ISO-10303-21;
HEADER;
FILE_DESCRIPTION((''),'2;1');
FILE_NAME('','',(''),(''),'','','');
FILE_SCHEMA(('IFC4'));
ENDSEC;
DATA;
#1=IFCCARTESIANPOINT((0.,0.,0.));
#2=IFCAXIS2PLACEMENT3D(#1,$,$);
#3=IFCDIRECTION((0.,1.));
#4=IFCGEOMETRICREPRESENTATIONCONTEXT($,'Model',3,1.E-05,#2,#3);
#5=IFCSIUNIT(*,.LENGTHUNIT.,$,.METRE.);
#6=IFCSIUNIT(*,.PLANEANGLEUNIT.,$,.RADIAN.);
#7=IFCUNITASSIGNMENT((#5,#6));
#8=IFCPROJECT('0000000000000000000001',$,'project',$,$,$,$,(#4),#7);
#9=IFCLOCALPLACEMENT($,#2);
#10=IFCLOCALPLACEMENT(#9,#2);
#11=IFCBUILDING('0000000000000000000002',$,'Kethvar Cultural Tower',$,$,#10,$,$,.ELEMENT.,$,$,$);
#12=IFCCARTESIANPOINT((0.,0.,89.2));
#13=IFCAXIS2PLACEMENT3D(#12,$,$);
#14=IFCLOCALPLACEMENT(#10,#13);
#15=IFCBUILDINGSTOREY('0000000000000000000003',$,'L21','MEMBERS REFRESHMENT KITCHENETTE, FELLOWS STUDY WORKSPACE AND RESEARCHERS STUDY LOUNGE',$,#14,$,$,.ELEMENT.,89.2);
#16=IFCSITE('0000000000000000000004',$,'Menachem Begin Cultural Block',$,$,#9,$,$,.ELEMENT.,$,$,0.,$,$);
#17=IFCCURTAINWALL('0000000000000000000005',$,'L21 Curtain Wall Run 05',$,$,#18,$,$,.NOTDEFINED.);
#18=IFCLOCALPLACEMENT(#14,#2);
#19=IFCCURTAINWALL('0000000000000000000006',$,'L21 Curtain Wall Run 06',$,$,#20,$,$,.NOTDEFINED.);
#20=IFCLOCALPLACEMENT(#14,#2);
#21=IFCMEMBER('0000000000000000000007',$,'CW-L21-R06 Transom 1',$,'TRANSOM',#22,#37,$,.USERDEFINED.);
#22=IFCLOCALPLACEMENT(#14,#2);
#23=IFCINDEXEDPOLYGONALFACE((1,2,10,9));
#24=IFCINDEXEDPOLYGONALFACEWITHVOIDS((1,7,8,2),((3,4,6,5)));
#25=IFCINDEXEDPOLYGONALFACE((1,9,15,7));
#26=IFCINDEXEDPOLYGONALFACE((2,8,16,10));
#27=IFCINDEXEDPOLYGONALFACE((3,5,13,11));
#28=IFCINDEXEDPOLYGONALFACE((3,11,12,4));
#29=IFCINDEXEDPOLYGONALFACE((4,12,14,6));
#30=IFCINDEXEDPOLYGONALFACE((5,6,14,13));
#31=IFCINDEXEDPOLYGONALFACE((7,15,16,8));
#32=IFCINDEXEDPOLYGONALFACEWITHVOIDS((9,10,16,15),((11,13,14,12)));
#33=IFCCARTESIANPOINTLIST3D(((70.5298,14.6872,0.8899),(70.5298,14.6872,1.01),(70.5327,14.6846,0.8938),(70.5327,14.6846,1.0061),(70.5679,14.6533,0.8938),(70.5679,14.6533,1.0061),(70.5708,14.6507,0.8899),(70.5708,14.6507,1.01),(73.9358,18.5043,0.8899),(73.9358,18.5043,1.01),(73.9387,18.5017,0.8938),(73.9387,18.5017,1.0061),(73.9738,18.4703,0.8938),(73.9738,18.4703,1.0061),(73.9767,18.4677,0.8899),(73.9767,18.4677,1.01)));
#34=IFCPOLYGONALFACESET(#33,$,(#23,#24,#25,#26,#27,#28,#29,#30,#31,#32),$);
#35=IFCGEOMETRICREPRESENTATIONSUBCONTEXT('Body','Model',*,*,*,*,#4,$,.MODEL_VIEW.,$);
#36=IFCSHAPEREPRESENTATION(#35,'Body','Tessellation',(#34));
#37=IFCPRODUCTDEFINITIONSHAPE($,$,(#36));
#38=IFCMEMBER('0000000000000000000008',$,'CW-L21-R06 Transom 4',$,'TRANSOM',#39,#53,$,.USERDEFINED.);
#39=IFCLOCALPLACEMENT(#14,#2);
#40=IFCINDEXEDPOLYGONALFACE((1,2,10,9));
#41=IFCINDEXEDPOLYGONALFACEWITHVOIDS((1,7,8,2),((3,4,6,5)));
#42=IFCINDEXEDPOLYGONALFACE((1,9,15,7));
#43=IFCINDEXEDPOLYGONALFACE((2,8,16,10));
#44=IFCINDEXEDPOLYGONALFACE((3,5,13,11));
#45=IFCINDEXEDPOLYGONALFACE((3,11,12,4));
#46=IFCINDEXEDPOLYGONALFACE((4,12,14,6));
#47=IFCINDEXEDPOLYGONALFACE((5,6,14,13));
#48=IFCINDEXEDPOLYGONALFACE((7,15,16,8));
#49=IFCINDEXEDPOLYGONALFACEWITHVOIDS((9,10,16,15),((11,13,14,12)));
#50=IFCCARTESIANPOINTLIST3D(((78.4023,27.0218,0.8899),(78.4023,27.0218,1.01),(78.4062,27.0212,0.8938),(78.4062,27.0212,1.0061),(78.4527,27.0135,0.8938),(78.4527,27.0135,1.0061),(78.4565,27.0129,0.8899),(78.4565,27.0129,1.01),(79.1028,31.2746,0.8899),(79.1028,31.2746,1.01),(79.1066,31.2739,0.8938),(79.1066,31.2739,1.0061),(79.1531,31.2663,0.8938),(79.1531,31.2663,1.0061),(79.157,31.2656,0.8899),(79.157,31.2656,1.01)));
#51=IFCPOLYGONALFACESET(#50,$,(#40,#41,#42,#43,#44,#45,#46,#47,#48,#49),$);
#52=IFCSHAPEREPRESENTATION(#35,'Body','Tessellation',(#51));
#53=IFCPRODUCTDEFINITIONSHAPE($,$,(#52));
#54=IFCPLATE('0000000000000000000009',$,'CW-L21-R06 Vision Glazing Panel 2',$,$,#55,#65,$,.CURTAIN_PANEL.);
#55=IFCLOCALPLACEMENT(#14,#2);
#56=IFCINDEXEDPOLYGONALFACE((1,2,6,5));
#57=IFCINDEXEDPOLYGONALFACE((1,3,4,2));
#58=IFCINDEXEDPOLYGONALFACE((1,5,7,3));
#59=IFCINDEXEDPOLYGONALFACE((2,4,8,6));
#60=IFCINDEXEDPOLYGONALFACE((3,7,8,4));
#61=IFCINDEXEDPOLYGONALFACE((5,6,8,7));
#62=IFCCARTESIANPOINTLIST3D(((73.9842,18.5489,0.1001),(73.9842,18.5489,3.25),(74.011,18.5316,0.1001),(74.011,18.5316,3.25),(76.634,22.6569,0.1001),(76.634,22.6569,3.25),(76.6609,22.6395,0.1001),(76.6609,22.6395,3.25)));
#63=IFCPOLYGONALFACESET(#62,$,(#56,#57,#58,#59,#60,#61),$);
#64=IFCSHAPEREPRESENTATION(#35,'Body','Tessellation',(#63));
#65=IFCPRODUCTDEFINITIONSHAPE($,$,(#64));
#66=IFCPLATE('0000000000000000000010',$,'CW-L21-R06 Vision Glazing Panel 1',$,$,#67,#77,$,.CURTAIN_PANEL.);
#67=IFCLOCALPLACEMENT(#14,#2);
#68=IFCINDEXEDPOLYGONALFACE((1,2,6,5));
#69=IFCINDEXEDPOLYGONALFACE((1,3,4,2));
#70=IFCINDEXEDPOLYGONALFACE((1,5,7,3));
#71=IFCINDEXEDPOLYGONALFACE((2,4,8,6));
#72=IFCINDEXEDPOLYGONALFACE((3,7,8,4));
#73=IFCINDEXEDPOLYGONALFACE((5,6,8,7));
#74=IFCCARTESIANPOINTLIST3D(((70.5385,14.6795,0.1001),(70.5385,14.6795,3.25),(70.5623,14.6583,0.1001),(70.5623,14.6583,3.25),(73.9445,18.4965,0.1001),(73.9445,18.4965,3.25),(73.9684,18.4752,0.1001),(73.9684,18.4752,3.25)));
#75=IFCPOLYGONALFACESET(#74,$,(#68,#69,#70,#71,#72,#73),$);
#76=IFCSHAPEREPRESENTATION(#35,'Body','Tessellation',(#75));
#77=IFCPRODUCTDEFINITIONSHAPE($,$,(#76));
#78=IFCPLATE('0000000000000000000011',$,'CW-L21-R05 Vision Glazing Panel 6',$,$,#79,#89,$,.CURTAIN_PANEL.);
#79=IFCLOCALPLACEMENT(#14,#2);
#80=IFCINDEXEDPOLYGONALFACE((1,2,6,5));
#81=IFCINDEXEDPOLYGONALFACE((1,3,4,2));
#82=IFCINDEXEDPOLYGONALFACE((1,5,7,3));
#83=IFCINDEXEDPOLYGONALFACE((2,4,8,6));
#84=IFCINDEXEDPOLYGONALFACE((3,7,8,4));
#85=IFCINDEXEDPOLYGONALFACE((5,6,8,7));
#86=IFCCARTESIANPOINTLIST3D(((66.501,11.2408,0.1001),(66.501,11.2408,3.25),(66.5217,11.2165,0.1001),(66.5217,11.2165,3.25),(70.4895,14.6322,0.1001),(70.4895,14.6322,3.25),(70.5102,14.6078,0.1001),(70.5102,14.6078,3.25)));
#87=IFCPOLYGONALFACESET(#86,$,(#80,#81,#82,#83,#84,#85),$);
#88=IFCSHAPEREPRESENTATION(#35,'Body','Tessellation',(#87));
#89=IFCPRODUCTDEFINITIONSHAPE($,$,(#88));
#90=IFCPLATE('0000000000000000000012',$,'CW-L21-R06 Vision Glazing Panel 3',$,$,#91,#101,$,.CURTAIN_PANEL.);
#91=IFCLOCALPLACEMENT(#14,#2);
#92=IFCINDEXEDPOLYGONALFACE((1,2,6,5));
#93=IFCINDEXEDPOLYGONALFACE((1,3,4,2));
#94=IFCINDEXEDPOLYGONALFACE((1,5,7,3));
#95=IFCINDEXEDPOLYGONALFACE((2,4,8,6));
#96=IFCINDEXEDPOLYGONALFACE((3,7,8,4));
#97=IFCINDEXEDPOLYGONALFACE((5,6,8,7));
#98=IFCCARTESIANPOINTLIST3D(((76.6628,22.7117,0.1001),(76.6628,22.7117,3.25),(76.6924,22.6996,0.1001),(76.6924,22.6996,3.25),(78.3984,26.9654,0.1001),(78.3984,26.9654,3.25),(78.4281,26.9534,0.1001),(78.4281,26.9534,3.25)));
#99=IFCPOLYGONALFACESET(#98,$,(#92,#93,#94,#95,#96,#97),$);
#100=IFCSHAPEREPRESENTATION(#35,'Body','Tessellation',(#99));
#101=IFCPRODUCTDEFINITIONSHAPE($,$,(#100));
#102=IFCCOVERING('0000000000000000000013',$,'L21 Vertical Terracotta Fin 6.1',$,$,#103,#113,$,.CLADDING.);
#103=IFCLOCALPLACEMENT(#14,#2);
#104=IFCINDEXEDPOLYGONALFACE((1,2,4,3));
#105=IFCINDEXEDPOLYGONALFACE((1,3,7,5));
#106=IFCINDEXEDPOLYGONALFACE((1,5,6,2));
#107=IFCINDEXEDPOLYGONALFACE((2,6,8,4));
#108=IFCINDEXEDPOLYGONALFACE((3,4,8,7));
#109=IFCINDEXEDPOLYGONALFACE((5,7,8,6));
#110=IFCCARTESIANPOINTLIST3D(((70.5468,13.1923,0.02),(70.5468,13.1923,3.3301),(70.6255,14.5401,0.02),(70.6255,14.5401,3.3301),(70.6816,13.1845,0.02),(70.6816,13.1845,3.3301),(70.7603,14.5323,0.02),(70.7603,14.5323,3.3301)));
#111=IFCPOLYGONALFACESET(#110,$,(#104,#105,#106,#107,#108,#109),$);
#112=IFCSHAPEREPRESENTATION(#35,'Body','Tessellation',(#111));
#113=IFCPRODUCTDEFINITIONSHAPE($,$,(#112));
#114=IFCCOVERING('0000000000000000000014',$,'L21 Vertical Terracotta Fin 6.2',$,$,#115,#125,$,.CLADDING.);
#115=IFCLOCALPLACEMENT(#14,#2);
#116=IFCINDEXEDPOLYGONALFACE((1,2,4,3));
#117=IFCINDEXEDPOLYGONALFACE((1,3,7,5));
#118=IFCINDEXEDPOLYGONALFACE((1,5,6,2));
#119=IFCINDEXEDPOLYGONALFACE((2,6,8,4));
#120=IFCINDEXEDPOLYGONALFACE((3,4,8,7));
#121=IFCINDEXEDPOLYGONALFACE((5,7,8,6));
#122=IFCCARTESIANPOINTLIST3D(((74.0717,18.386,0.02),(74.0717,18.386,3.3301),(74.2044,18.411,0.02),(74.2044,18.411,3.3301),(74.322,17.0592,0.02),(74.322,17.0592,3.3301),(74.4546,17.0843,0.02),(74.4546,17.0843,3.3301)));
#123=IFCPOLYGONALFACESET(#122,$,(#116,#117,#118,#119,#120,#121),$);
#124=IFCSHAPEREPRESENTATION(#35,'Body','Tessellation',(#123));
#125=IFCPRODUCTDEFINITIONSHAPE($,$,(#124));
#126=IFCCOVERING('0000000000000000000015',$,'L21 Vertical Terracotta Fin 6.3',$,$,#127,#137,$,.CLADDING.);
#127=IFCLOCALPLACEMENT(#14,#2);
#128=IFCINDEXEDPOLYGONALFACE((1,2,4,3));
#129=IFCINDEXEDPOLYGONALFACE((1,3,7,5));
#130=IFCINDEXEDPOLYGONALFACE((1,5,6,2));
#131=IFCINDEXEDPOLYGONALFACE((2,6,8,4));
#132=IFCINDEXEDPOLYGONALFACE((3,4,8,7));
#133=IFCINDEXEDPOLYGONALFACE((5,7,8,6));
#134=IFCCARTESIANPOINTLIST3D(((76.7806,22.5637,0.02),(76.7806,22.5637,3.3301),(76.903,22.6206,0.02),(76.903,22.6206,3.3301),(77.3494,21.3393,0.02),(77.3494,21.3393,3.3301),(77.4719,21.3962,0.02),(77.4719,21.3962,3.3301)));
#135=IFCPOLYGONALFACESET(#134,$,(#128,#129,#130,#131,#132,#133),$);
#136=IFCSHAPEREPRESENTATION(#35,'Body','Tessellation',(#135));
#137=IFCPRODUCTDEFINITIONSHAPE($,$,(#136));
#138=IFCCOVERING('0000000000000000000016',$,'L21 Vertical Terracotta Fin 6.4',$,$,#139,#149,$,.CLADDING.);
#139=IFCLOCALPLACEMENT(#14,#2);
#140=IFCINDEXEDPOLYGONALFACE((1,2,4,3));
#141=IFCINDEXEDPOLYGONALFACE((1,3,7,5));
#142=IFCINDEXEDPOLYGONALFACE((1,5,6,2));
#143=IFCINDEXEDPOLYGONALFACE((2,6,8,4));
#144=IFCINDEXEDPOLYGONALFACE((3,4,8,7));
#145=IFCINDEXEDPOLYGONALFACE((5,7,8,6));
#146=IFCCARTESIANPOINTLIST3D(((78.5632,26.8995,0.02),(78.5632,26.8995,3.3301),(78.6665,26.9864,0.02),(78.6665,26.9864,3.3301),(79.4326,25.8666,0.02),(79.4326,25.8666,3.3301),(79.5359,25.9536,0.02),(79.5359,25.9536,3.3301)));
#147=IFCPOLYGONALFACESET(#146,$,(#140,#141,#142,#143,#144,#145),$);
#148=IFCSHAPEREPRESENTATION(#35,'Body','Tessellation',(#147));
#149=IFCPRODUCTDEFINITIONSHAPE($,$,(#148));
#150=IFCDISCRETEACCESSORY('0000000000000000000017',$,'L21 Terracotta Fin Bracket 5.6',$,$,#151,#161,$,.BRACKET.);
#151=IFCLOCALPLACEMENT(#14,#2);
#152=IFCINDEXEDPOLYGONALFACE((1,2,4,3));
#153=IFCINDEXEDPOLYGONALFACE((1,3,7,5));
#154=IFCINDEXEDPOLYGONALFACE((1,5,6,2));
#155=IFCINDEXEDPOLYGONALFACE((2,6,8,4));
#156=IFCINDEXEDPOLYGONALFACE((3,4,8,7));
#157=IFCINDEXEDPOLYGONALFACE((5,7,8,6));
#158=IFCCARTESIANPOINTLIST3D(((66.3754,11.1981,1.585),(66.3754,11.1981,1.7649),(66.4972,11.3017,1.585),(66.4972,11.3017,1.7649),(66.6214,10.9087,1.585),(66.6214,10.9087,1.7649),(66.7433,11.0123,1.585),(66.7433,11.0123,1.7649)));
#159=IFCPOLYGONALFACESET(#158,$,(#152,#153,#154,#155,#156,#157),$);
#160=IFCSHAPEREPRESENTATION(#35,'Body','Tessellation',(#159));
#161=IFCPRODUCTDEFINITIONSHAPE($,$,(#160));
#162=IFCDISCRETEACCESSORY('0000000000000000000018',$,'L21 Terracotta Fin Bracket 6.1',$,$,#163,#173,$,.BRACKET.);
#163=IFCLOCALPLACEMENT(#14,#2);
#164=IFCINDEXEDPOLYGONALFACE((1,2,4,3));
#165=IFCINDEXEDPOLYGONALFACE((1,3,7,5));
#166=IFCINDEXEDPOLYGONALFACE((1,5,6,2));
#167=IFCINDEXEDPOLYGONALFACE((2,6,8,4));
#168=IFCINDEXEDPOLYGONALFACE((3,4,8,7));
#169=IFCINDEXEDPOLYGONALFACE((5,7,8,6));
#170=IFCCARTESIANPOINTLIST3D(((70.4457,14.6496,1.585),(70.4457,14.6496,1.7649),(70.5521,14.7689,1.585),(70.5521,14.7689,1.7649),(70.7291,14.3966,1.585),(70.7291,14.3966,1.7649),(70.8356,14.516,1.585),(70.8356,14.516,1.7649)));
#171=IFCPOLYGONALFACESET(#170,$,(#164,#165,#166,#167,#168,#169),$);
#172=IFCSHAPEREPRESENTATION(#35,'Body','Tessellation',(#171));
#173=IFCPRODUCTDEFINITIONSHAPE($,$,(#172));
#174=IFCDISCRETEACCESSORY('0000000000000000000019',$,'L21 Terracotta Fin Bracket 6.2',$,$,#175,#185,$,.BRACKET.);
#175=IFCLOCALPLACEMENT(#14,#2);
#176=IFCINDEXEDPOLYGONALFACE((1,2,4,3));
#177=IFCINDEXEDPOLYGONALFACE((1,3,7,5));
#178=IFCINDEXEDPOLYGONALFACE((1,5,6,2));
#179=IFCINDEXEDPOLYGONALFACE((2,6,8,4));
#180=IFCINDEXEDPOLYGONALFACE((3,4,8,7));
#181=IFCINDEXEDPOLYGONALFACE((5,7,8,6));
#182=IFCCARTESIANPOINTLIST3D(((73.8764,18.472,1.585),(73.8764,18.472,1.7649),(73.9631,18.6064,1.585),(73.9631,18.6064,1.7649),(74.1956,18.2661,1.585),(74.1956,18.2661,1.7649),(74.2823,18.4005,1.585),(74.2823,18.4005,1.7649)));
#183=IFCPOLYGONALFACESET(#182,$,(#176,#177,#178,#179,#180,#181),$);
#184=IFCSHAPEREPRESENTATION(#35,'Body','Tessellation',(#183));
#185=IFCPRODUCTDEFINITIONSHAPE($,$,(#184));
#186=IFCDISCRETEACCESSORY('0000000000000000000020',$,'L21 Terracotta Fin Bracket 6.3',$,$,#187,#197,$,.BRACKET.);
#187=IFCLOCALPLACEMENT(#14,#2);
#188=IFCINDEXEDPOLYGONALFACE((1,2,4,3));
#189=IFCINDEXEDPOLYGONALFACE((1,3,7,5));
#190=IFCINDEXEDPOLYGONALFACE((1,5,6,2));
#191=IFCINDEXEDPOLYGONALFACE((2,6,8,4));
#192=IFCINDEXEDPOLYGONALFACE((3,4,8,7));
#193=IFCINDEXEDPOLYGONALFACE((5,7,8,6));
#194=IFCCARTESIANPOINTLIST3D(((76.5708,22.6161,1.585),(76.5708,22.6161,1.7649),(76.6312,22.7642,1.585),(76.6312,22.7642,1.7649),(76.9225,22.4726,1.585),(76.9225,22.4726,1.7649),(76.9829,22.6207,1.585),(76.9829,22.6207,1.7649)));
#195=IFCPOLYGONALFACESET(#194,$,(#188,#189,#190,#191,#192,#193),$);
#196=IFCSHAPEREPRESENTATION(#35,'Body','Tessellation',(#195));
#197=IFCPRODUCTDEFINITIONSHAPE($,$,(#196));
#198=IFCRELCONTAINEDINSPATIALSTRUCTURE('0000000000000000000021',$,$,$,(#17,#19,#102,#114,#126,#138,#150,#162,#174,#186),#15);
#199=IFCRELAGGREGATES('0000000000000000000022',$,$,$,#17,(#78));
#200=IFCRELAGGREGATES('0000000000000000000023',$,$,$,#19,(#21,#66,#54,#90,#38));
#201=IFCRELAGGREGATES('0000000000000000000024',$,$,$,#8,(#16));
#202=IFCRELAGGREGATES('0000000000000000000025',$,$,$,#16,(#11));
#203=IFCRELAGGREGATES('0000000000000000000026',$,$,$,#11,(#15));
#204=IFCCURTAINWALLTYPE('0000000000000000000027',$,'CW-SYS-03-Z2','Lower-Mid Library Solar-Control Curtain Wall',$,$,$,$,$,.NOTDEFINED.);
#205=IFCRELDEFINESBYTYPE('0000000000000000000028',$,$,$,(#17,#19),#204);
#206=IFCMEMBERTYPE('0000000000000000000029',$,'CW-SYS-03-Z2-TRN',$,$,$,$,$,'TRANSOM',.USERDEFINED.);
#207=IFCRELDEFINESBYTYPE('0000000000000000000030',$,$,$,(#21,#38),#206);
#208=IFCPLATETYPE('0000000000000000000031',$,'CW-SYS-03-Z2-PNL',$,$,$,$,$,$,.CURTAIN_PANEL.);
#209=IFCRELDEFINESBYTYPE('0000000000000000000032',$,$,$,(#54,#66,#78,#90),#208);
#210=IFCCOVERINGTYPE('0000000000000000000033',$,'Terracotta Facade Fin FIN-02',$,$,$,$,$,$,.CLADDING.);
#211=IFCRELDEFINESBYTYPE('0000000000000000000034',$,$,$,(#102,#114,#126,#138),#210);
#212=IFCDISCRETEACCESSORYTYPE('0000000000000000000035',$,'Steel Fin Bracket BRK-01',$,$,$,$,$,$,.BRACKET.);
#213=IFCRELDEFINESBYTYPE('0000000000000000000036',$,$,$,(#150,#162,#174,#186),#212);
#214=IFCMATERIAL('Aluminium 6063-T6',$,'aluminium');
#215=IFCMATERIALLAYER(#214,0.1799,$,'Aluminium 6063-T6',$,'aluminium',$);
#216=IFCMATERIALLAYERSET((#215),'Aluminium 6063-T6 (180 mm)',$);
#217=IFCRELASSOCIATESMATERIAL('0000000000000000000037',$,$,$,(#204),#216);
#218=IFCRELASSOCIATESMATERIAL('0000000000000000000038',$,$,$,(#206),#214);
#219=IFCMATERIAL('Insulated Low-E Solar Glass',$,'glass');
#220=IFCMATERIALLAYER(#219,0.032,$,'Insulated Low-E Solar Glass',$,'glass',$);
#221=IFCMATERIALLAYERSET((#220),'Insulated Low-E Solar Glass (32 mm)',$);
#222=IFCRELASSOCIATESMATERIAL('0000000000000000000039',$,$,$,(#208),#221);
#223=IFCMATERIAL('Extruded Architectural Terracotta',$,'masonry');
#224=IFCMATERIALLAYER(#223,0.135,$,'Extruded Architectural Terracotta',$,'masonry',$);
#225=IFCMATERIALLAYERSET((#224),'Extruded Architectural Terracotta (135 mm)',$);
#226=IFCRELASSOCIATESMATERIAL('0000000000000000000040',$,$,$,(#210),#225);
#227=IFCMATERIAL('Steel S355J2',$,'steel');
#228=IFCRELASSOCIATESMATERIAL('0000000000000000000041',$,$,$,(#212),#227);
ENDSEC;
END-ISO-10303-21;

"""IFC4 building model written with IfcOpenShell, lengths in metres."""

from ifc_helpers import new_model, si_unit, direction, frame, origin, origin_2d, place, context, subcontext, project, spatial, rectangle, hollow_rectangle, extrude, source, transform, mapped, material, layer, layer_set, material_profile, profile_set, type_object, element, aggregate, save


model = new_model("IFC4")

# Units and contexts
model_context = context("Model", 3, precision=1e-05, world=origin(), true_north=direction((0.0, 1.0)))
body_context = subcontext(model_context, "Body", "Model", "MODEL_VIEW")
ifc_project = project(units=[si_unit("LENGTHUNIT", "METRE"), si_unit("PLANEANGLEUNIT", "RADIAN")], contexts=[model_context])

# Site, building, storey
site_placement = place(None, origin())
site = spatial("IfcSite", under=ifc_project, at=site_placement, Name="Menachem Begin Cultural Block", CompositionType="ELEMENT", RefElevation=0.0)
building_placement = place(site_placement, origin())
building = spatial("IfcBuilding", under=site, at=building_placement, Name="Kethvar Cultural Tower", CompositionType="ELEMENT")
storey_placement = place(building_placement, frame((0.0, 0.0, 89.2)))
storey = spatial("IfcBuildingStorey", under=building, at=storey_placement, Name="L21", Description="MEMBERS REFRESHMENT KITCHENETTE, FELLOWS STUDY WORKSPACE AND RESEARCHERS STUDY LOUNGE", CompositionType="ELEMENT", Elevation=89.2)

# Shared definitions
ifc_material_1 = material(Name="Steel S355J2", Category="steel")

# Curtain wall
ifc_material_2 = material(Name="Aluminium 6063-T6", Category="aluminium")
ifc_layer_1 = layer(ifc_material_2, 0.1799, Name="Aluminium 6063-T6", Category="aluminium")
ifc_layer_set_1 = layer_set([ifc_layer_1], Name="Aluminium 6063-T6 (180 mm)")
curtain_wall_type = type_object("IfcCurtainWallType", Name="CW-SYS-03-Z2", Description="Lower-Mid Library Solar-Control Curtain Wall", PredefinedType="NOTDEFINED", material=ifc_layer_set_1)
curtain_wall_1_placement = place(storey_placement, origin())
curtain_wall_1 = element("IfcCurtainWall", 1, at=curtain_wall_1_placement, inside=storey, type_object=curtain_wall_type, Name="L21 Curtain Wall Run 05", PredefinedType="NOTDEFINED")

# Curtain wall, members, plates
curtain_wall_2_placement = place(storey_placement, origin())
curtain_wall_2 = element("IfcCurtainWall", 2, at=curtain_wall_2_placement, inside=storey, type_object=curtain_wall_type, Name="L21 Curtain Wall Run 06", PredefinedType="NOTDEFINED")
ifc_material_profile_1 = material_profile(ifc_material_2, hollow_rectangle(XDim=0.0549, YDim=0.1201, WallThickness=0.0039, at=origin_2d()), Name="Aluminium 6063-T6 — RHS120x55x4")
ifc_profile_set_1 = profile_set([ifc_material_profile_1], Name="Aluminium 6063-T6 — RHS120x55x4")
member_type_1 = type_object("IfcMemberType", Name="CW-SYS-03-Z2-TRN", ElementType="TRANSOM", PredefinedType="USERDEFINED", material=ifc_profile_set_1)
shared_shape_1 = source(origin(), body_context, "Body", "SweptSolid", [
    extrude(hollow_rectangle(XDim=0.0549, YDim=0.1201, WallThickness=0.0039, at=origin_2d()), origin(), (0.0, 0.0, 1.0), 5.1157),
])
member_1_placement = place(storey_placement, frame((70.5503, 14.6689, 0.95), z_axis=(0.665781, 0.746147, 0.0), x_axis=(-0.746147, 0.665781, 0.0)))
member_1 = element("IfcMember", 3, at=member_1_placement, type_object=member_type_1, Name="CW-L21-R06 Transom 1", ObjectType="TRANSOM", PredefinedType="USERDEFINED", context=body_context, shape_type="MappedRepresentation", body=[
    mapped(shared_shape_1, transform((0.0, 0.0, 0.0), scale=1.0)),
])
shared_shape_2 = source(origin(), body_context, "Body", "SweptSolid", [
    extrude(hollow_rectangle(XDim=0.0549, YDim=0.1201, WallThickness=0.0039, at=origin_2d()), origin(), (0.0, 0.0, 1.0), 4.3101),
])
member_2_placement = place(storey_placement, frame((78.4294, 27.0173, 0.95), z_axis=(0.162516, 0.986706, 0.0), x_axis=(-0.986706, 0.162516, 0.0)))
member_2 = element("IfcMember", 4, at=member_2_placement, type_object=member_type_1, Name="CW-L21-R06 Transom 4", ObjectType="TRANSOM", PredefinedType="USERDEFINED", context=body_context, shape_type="MappedRepresentation", body=[
    mapped(shared_shape_2, transform((0.0, 0.0, 0.0), scale=1.0)),
])
ifc_material_3 = material(Name="Insulated Low-E Solar Glass", Category="glass")
ifc_layer_2 = layer(ifc_material_3, 0.032, Name="Insulated Low-E Solar Glass", Category="glass")
ifc_layer_set_2 = layer_set([ifc_layer_2], Name="Insulated Low-E Solar Glass (32 mm)")
plate_type = type_object("IfcPlateType", Name="CW-SYS-03-Z2-PNL", PredefinedType="CURTAIN_PANEL", material=ifc_layer_set_2)
shared_shape_3 = source(origin(), body_context, "Body", "SweptSolid", [
    extrude(rectangle(XDim=4.8884, YDim=0.032, at=origin_2d()), origin(), (0.0, 0.0, 1.0), 3.1499),
])
plate_1_placement = place(storey_placement, frame((75.3225, 20.5942, 0.1001), z_axis=(0.0, 0.0, 1.0), x_axis=(0.54206, 0.84034, 0.0)))
plate_1 = element("IfcPlate", 5, at=plate_1_placement, type_object=plate_type, Name="CW-L21-R06 Vision Glazing Panel 2", PredefinedType="CURTAIN_PANEL", context=body_context, shape_type="MappedRepresentation", body=[
    mapped(shared_shape_3, transform((0.0, 0.0, 0.0), scale=1.0)),
])
shared_shape_4 = source(origin(), body_context, "Body", "SweptSolid", [
    extrude(rectangle(XDim=5.1157, YDim=0.032, at=origin_2d()), origin(), (0.0, 0.0, 1.0), 3.1499),
])
plate_2_placement = place(storey_placement, frame((72.2534, 16.5774, 0.1001), z_axis=(0.0, 0.0, 1.0), x_axis=(0.665804, 0.746127, 0.0)))
plate_2 = element("IfcPlate", 6, at=plate_2_placement, type_object=plate_type, Name="CW-L21-R06 Vision Glazing Panel 1", PredefinedType="CURTAIN_PANEL", context=body_context, shape_type="MappedRepresentation", body=[
    mapped(shared_shape_4, transform((0.0, 0.0, 0.0), scale=1.0)),
])

# Plates
shared_shape_5 = source(origin(), body_context, "Body", "SweptSolid", [
    extrude(rectangle(XDim=5.2354, YDim=0.032, at=origin_2d()), origin(), (0.0, 0.0, 1.0), 3.1499),
])
plate_3_placement = place(storey_placement, frame((68.5056, 12.9243, 0.1001), z_axis=(0.0, 0.0, 1.0), x_axis=(0.761832, 0.647774, 0.0)))
plate_3 = element("IfcPlate", 7, at=plate_3_placement, type_object=plate_type, Name="CW-L21-R05 Vision Glazing Panel 6", PredefinedType="CURTAIN_PANEL", context=body_context, shape_type="MappedRepresentation", body=[
    mapped(shared_shape_5, transform((0.0, 0.0, 0.0), scale=1.0)),
])
aggregate(curtain_wall_1, [plate_3])
shared_shape_6 = source(origin(), body_context, "Body", "SweptSolid", [
    extrude(rectangle(XDim=4.5942, YDim=0.032, at=origin_2d()), origin(), (0.0, 0.0, 1.0), 3.1499),
])
plate_4_placement = place(storey_placement, frame((77.5454, 24.8325, 0.1001), z_axis=(0.0, 0.0, 1.0), x_axis=(0.377792, 0.92589, 0.0)))
plate_4 = element("IfcPlate", 8, at=plate_4_placement, type_object=plate_type, Name="CW-L21-R06 Vision Glazing Panel 3", PredefinedType="CURTAIN_PANEL", context=body_context, shape_type="MappedRepresentation", body=[
    mapped(shared_shape_6, transform((0.0, 0.0, 0.0), scale=1.0)),
])
aggregate(curtain_wall_2, [member_1, plate_2, plate_1, plate_4, member_2])

# Coverings
ifc_material_4 = material(Name="Extruded Architectural Terracotta", Category="masonry")
ifc_layer_3 = layer(ifc_material_4, 0.135, Name="Extruded Architectural Terracotta", Category="masonry")
ifc_layer_set_3 = layer_set([ifc_layer_3], Name="Extruded Architectural Terracotta (135 mm)")
covering_type = type_object("IfcCoveringType", Name="Terracotta Facade Fin FIN-02", PredefinedType="CLADDING", material=ifc_layer_set_3)
shared_shape_7 = source(origin(), body_context, "Body", "SweptSolid", [
    extrude(rectangle(XDim=1.3501, YDim=0.135, at=origin_2d()), origin(), (0.0, 0.0, 1.0), 3.3101),
])
for number, where, z_axis, x_axis, name in (
    (9, (70.6536, 13.8623, 0.02), (0.0, 0.0, 1.0), (-0.058261, -0.998301, 0.0), "L21 Vertical Terracotta Fin 6.1"),
    (10, (74.2632, 17.7351, 0.02), (0.0, 0.0, 1.0), (0.185324, -0.982678, 0.0), "L21 Vertical Terracotta Fin 6.2"),
    (11, (77.1262, 21.98, 0.02), (0.0, 0.0, 1.0), (0.421352, -0.906897, 0.0), "L21 Vertical Terracotta Fin 6.3"),
    (12, (79.0496, 26.4265, 0.02), (0.0, 0.0, 1.0), (0.64399, -0.765034, 0.0), "L21 Vertical Terracotta Fin 6.4"),
):
    element("IfcCovering", number, at=place(storey_placement, frame(where, z_axis=z_axis, x_axis=x_axis)), inside=storey, type_object=covering_type, Name=name, PredefinedType="CLADDING", context=body_context, shape_type="MappedRepresentation", body=[
        mapped(shared_shape_7, transform((0.0, 0.0, 0.0), scale=1.0)),
    ])

# Discrete accessories
discrete_accessory_type = type_object("IfcDiscreteAccessoryType", Name="Steel Fin Bracket BRK-01", PredefinedType="BRACKET", material=ifc_material_1)
shared_shape_8 = source(origin(), body_context, "Body", "SweptSolid", [
    extrude(rectangle(XDim=0.3799, YDim=0.1599, at=origin_2d()), origin(), (0.0, 0.0, 1.0), 0.1799),
])
for number, where, z_axis, x_axis, name in (
    (13, (66.5593, 11.1052, 1.585), (0.0, 0.0, 1.0), (0.647721, -0.761878, 0.0), "L21 Terracotta Fin Bracket 5.6"),
    (14, (70.6406, 14.5828, 1.585), (0.0, 0.0, 1.0), (0.746174, -0.665751, 0.0), "L21 Terracotta Fin Bracket 6.1"),
    (15, (74.0793, 18.4363, 1.585), (0.0, 0.0, 1.0), (0.840377, -0.542002, 0.0), "L21 Terracotta Fin Bracket 6.2"),
    (16, (76.7769, 22.6184, 1.585), (0.0, 0.0, 1.0), (0.925871, -0.377841, 0.0), "L21 Terracotta Fin Bracket 6.3"),
):
    element("IfcDiscreteAccessory", number, at=place(storey_placement, frame(where, z_axis=z_axis, x_axis=x_axis)), inside=storey, type_object=discrete_accessory_type, Name=name, PredefinedType="BRACKET", context=body_context, shape_type="MappedRepresentation", body=[
        mapped(shared_shape_8, transform((0.0, 0.0, 0.0), scale=1.0)),
    ])

save(model, "model.ifc")
